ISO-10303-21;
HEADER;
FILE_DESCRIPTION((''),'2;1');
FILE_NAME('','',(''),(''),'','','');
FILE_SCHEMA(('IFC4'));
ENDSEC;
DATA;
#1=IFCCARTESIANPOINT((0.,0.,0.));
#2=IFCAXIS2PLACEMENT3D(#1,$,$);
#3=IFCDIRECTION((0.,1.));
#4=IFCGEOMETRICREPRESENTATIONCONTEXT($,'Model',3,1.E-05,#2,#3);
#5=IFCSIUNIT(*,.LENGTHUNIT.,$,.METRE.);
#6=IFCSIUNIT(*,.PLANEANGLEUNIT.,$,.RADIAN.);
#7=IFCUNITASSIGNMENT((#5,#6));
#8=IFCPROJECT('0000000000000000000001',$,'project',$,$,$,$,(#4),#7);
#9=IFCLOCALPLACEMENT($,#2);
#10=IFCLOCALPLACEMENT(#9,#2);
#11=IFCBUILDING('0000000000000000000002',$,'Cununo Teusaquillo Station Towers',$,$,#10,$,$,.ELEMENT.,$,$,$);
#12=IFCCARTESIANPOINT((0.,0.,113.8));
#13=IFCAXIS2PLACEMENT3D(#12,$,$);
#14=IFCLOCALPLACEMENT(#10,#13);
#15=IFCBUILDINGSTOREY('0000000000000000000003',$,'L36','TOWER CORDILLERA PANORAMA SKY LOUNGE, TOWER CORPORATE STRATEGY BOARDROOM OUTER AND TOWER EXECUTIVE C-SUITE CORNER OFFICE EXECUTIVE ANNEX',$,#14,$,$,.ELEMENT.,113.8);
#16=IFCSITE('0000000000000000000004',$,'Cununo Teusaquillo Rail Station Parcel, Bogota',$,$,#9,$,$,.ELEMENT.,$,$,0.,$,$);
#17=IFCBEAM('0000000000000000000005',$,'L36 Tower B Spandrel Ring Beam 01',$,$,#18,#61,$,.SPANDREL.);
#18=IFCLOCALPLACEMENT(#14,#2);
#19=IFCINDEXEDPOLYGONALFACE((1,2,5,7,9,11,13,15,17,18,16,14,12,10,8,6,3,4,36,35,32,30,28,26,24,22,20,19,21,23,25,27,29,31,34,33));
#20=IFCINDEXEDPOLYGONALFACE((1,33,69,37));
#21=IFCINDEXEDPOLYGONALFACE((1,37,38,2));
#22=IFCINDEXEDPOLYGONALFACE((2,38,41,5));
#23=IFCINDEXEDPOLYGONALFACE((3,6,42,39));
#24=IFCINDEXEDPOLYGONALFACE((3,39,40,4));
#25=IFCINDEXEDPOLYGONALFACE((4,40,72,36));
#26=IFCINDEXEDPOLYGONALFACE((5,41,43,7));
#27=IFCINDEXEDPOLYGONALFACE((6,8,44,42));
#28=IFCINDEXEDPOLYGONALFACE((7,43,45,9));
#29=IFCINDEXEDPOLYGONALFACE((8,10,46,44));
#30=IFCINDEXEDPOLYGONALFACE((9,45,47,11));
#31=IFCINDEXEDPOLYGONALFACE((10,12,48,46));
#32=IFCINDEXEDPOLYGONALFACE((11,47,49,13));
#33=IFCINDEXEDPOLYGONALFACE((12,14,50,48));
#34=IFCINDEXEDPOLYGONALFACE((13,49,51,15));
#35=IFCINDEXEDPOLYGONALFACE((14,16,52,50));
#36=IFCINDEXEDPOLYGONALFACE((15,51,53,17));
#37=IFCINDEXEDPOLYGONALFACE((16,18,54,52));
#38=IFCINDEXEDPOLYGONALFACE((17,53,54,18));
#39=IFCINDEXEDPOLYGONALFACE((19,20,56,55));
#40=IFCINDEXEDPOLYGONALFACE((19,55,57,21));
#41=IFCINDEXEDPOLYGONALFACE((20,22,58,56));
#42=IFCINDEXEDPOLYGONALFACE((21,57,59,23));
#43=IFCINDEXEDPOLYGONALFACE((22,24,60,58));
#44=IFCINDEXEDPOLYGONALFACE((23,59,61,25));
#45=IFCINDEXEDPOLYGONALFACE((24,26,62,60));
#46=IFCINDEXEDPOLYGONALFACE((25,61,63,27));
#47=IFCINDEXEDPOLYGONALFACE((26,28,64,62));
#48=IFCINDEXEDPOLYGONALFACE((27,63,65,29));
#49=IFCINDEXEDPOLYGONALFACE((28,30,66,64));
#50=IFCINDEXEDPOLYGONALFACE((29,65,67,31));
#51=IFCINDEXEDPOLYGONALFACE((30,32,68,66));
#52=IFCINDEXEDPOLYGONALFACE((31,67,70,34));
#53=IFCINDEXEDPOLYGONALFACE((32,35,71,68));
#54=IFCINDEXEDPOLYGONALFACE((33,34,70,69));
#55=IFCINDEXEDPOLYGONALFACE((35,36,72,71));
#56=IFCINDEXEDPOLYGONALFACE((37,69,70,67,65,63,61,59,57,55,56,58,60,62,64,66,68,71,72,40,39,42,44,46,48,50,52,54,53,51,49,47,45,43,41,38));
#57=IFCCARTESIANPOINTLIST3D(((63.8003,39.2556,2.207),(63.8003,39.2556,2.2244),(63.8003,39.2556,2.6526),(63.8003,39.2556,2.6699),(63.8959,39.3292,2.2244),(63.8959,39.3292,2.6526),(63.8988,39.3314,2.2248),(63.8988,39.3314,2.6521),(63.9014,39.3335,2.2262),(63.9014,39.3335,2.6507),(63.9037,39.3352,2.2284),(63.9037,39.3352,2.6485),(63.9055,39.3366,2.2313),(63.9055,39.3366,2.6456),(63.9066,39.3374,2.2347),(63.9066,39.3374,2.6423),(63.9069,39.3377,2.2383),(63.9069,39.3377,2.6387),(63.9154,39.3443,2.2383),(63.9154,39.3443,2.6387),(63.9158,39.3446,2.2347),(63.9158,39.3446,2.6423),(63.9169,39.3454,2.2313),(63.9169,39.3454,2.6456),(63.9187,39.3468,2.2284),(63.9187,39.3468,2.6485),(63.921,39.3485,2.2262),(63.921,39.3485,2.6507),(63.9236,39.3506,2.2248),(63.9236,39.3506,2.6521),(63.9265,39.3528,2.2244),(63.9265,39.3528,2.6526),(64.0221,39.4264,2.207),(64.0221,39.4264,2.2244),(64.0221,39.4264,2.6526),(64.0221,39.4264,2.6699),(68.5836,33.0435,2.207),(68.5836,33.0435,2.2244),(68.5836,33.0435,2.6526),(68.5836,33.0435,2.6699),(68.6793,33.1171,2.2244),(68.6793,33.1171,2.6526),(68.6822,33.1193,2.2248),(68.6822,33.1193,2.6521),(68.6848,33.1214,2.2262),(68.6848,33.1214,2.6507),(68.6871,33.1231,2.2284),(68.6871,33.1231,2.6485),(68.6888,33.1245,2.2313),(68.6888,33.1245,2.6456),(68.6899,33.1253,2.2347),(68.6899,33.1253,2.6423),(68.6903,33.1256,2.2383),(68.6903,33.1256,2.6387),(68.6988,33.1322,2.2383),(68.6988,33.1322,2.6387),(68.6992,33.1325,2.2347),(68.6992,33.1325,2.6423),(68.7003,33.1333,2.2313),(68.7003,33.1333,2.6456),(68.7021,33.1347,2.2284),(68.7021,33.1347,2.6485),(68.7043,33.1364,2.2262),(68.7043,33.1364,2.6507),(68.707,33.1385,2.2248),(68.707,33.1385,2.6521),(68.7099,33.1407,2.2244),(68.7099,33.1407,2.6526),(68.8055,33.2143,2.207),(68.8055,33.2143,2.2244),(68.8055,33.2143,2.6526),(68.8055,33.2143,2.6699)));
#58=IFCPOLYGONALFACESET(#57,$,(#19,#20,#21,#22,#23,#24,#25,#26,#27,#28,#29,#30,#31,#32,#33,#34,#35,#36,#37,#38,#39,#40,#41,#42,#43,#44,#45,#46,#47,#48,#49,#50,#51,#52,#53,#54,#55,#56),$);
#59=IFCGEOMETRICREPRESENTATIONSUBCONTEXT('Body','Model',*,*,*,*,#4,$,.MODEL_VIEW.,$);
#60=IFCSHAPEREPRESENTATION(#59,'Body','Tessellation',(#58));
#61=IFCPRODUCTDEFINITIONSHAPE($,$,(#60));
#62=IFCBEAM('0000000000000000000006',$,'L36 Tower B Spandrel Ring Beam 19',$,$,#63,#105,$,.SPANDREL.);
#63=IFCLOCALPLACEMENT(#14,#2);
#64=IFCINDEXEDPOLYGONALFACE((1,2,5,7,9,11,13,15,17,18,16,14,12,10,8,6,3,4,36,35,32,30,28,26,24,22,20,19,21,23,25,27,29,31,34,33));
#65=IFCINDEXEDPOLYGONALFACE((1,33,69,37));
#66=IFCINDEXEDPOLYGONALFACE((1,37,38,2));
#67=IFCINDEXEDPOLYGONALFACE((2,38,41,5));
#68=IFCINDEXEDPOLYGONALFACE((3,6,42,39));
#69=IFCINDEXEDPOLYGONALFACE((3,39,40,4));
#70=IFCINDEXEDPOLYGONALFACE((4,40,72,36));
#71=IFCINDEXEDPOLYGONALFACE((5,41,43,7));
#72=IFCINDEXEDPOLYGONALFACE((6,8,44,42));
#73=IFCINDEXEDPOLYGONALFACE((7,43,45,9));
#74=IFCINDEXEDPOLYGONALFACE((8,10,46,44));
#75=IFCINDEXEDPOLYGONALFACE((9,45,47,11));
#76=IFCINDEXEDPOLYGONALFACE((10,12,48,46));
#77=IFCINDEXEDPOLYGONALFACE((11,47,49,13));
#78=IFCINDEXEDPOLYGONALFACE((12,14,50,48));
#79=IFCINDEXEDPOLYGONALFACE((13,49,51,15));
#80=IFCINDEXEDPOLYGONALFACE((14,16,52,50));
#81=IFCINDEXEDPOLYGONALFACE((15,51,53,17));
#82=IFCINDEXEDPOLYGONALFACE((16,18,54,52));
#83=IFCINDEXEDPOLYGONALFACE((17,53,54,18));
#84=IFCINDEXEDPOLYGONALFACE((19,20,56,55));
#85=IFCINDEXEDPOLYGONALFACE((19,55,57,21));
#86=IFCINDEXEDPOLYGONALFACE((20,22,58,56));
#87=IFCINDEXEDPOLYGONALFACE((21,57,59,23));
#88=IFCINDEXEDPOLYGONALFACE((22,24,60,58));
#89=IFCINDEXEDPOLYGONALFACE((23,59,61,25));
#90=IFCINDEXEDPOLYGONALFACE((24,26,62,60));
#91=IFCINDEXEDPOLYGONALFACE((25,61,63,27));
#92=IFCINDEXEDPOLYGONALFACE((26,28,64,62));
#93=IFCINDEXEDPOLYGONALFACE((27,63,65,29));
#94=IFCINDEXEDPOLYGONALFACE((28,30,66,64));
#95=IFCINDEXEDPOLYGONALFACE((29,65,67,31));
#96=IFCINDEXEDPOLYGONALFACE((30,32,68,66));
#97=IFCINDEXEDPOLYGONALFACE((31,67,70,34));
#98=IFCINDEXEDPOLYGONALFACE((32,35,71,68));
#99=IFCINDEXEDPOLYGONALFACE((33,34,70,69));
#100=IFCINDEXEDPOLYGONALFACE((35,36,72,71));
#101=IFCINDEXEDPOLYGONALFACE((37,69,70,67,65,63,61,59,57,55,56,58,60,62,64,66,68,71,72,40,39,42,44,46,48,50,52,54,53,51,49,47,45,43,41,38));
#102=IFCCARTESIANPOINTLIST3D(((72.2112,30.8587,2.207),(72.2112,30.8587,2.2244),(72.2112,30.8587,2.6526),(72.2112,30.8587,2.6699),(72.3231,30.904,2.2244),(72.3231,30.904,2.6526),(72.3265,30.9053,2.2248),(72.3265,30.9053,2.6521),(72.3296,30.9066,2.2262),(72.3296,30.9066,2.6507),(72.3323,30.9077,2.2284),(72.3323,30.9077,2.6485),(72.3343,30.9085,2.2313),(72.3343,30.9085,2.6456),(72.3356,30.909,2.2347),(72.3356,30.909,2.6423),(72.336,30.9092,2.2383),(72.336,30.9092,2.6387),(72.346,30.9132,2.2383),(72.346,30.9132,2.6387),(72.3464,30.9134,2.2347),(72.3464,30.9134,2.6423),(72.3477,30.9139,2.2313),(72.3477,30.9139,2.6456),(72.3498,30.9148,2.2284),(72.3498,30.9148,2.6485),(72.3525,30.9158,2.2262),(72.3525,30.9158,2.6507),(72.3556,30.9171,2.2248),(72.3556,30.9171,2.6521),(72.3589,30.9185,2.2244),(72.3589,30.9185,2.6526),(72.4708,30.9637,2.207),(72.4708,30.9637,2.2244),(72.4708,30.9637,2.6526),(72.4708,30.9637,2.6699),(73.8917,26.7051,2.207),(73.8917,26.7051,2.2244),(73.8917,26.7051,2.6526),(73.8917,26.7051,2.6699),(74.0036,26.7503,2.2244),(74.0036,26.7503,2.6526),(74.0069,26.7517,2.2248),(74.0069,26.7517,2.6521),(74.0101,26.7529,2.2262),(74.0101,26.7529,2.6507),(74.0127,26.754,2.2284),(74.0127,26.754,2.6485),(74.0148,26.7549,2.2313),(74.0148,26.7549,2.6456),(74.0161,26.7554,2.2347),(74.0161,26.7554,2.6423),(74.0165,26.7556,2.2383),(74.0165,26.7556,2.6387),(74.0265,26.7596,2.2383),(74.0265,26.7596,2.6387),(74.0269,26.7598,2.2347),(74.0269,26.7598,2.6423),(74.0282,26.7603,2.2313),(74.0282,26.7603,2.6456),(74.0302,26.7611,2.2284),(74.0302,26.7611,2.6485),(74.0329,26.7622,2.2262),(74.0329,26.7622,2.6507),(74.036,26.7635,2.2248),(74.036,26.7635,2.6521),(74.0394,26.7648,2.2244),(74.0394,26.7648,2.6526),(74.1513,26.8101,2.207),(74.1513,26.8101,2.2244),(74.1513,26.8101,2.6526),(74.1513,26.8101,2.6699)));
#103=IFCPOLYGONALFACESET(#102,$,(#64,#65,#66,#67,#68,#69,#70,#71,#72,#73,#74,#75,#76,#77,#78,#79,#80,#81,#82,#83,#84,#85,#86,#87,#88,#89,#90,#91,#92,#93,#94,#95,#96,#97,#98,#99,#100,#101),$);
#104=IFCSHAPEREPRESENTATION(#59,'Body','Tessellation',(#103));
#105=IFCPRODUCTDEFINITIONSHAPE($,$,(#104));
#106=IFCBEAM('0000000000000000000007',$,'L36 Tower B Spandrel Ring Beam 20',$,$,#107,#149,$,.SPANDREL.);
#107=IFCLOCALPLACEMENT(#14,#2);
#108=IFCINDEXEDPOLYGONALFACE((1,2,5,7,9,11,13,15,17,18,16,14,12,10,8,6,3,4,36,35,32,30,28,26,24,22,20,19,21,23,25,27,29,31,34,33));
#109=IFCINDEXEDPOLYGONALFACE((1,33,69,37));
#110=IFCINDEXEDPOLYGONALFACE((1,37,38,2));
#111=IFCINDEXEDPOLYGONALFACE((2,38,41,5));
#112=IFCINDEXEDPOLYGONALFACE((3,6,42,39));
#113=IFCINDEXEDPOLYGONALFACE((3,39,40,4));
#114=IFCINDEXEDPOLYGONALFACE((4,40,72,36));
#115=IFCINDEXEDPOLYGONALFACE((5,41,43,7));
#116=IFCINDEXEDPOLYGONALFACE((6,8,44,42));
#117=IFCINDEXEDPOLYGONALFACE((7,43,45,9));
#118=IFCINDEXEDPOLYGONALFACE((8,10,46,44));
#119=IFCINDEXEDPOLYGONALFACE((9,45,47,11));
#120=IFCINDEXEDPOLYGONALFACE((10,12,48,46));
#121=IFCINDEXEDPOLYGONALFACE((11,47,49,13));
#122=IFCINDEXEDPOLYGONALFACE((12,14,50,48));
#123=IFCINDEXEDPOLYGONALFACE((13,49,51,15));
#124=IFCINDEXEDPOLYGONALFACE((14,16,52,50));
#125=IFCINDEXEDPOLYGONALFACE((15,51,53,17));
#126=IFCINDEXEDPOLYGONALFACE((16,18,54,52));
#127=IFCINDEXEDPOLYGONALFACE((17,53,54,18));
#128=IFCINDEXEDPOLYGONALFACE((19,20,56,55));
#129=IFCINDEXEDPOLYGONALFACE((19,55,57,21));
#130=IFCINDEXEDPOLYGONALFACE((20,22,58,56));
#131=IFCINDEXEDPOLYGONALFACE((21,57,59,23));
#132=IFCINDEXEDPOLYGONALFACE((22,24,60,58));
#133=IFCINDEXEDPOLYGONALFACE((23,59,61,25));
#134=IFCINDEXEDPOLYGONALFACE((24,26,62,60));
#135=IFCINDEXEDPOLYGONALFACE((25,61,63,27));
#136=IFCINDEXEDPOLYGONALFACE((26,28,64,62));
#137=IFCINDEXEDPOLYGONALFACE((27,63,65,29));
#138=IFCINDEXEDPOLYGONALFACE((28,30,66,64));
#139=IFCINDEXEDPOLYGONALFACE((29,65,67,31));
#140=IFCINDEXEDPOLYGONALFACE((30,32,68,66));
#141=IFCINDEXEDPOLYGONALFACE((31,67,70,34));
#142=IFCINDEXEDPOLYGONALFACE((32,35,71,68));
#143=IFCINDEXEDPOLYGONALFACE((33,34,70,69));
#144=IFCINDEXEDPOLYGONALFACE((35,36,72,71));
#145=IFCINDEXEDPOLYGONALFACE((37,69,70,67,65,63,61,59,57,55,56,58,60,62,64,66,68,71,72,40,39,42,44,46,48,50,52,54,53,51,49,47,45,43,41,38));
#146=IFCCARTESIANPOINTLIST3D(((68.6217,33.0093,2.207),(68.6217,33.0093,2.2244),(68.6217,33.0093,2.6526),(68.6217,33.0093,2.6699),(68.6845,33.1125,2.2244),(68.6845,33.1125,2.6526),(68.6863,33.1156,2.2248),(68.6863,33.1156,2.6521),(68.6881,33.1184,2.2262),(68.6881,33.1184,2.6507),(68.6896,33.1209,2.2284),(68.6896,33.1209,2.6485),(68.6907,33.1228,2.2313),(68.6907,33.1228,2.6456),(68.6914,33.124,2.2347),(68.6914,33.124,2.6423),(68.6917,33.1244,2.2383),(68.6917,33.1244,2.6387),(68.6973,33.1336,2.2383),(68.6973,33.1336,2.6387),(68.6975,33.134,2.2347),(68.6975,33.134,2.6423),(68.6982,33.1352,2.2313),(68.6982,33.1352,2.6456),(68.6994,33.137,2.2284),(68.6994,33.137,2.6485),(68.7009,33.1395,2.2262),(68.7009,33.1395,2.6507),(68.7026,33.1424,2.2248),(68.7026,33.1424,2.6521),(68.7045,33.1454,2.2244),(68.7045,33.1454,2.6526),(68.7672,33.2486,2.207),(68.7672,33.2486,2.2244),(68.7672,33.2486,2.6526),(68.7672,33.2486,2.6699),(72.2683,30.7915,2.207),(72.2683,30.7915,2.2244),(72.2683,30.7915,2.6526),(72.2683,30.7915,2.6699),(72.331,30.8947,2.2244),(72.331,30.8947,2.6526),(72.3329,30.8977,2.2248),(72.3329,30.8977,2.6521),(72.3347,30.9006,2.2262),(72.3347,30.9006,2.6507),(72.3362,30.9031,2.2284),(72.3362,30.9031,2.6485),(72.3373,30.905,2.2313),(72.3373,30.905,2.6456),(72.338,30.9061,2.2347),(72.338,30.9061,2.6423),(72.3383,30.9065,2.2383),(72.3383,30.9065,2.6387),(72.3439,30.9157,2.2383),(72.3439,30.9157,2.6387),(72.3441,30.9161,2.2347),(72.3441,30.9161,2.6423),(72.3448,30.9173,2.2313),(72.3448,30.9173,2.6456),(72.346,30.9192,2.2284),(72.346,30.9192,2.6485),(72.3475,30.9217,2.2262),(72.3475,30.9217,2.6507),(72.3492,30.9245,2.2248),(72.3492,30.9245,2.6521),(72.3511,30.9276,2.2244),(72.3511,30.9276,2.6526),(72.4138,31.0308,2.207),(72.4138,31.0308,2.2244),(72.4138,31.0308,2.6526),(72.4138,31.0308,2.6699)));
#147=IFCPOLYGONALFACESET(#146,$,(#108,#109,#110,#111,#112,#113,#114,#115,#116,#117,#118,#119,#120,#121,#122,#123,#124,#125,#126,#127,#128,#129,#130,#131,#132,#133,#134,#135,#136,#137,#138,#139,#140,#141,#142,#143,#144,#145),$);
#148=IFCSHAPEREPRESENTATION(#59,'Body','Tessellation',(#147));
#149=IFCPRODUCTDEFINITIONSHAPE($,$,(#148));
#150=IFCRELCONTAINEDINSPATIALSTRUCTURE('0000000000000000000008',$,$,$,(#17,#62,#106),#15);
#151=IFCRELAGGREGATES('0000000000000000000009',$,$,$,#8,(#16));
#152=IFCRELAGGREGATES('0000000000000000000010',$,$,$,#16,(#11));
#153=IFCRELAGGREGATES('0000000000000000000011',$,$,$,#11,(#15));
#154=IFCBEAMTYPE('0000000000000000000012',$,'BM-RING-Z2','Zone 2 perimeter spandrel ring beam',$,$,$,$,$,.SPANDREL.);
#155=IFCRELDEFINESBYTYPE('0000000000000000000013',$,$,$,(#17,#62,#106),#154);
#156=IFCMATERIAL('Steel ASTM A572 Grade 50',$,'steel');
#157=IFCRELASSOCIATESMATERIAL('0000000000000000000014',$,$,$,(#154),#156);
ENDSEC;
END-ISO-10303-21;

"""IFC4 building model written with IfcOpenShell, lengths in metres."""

from ifc_helpers import new_model, si_unit, direction, frame, origin, origin_2d, place, context, subcontext, project, spatial, i_section, extrude, material, material_profile, profile_set, type_object, element, save


model = new_model("IFC4")

# Units and contexts
model_context = context("Model", 3, precision=1e-05, world=origin(), true_north=direction((0.0, 1.0)))
body_context = subcontext(model_context, "Body", "Model", "MODEL_VIEW")
ifc_project = project(units=[si_unit("LENGTHUNIT", "METRE"), si_unit("PLANEANGLEUNIT", "RADIAN")], contexts=[model_context])

# Site, building, storey
site_placement = place(None, origin())
site = spatial("IfcSite", under=ifc_project, at=site_placement, Name="Cununo Teusaquillo Rail Station Parcel, Bogota", CompositionType="ELEMENT", RefElevation=0.0)
building_placement = place(site_placement, origin())
building = spatial("IfcBuilding", under=site, at=building_placement, Name="Cununo Teusaquillo Station Towers", CompositionType="ELEMENT")
storey_placement = place(building_placement, frame((0.0, 0.0, 113.8)))
storey = spatial("IfcBuildingStorey", under=building, at=storey_placement, Name="L36", Description="TOWER CORDILLERA PANORAMA SKY LOUNGE, TOWER CORPORATE STRATEGY BOARDROOM OUTER AND TOWER EXECUTIVE C-SUITE CORNER OFFICE EXECUTIVE ANNEX", CompositionType="ELEMENT", Elevation=113.8)

# Beams
ifc_material_1 = material(Name="Steel ASTM A572 Grade 50", Category="steel")
ifc_material_profile_1 = material_profile(ifc_material_1, i_section(OverallWidth=0.28, OverallDepth=0.4629, WebThickness=0.0107, FlangeThickness=0.0173, FilletRadius=0.0139, at=origin_2d()), Name="W18X76")
ifc_profile_set_1 = profile_set([ifc_material_profile_1], Name="Steel ASTM A572 Grade 50")
beam_type = type_object("IfcBeamType", Name="BM-RING-Z2", Description="Zone 2 perimeter spandrel ring beam", PredefinedType="SPANDREL", material=ifc_profile_set_1)
beam_1_placement = place(storey_placement, frame((68.6946, 33.1289, 2.4385), z_axis=(-0.6101, 0.792324, 0.0), x_axis=(-0.792324, -0.6101, 0.0)))
element("IfcBeam", 1, at=beam_1_placement, inside=storey, type_object=beam_type, Name="L36 Tower B Spandrel Ring Beam 01", PredefinedType="SPANDREL", context=body_context, shape_type="SweptSolid", body=[
    extrude(i_section(OverallWidth=0.28, OverallDepth=0.4629, WebThickness=0.0107, FlangeThickness=0.0173, FilletRadius=0.0139, at=origin_2d()), origin(), (0.0, 0.0, 1.0), 7.8403),
])
beam_2_placement = place(storey_placement, frame((74.0215, 26.7576, 2.4385), z_axis=(-0.375042, 0.927008, 0.0), x_axis=(-0.927008, -0.375042, 0.0)))
element("IfcBeam", 2, at=beam_2_placement, inside=storey, type_object=beam_type, Name="L36 Tower B Spandrel Ring Beam 19", PredefinedType="SPANDREL", context=body_context, shape_type="SweptSolid", body=[
    extrude(i_section(OverallWidth=0.28, OverallDepth=0.4629, WebThickness=0.0107, FlangeThickness=0.0173, FilletRadius=0.0139, at=origin_2d()), origin(), (0.0, 0.0, 1.0), 4.4807),
])
beam_3_placement = place(storey_placement, frame((72.3411, 30.9111, 2.4385), z_axis=(-0.854388, 0.519635, 0.0), x_axis=(-0.519635, -0.854388, 0.0)))
element("IfcBeam", 3, at=beam_3_placement, inside=storey, type_object=beam_type, Name="L36 Tower B Spandrel Ring Beam 20", PredefinedType="SPANDREL", context=body_context, shape_type="SweptSolid", body=[
    extrude(i_section(OverallWidth=0.28, OverallDepth=0.4629, WebThickness=0.0107, FlangeThickness=0.0173, FilletRadius=0.0139, at=origin_2d()), origin(), (0.0, 0.0, 1.0), 4.2681),
])

save(model, "model.ifc")
